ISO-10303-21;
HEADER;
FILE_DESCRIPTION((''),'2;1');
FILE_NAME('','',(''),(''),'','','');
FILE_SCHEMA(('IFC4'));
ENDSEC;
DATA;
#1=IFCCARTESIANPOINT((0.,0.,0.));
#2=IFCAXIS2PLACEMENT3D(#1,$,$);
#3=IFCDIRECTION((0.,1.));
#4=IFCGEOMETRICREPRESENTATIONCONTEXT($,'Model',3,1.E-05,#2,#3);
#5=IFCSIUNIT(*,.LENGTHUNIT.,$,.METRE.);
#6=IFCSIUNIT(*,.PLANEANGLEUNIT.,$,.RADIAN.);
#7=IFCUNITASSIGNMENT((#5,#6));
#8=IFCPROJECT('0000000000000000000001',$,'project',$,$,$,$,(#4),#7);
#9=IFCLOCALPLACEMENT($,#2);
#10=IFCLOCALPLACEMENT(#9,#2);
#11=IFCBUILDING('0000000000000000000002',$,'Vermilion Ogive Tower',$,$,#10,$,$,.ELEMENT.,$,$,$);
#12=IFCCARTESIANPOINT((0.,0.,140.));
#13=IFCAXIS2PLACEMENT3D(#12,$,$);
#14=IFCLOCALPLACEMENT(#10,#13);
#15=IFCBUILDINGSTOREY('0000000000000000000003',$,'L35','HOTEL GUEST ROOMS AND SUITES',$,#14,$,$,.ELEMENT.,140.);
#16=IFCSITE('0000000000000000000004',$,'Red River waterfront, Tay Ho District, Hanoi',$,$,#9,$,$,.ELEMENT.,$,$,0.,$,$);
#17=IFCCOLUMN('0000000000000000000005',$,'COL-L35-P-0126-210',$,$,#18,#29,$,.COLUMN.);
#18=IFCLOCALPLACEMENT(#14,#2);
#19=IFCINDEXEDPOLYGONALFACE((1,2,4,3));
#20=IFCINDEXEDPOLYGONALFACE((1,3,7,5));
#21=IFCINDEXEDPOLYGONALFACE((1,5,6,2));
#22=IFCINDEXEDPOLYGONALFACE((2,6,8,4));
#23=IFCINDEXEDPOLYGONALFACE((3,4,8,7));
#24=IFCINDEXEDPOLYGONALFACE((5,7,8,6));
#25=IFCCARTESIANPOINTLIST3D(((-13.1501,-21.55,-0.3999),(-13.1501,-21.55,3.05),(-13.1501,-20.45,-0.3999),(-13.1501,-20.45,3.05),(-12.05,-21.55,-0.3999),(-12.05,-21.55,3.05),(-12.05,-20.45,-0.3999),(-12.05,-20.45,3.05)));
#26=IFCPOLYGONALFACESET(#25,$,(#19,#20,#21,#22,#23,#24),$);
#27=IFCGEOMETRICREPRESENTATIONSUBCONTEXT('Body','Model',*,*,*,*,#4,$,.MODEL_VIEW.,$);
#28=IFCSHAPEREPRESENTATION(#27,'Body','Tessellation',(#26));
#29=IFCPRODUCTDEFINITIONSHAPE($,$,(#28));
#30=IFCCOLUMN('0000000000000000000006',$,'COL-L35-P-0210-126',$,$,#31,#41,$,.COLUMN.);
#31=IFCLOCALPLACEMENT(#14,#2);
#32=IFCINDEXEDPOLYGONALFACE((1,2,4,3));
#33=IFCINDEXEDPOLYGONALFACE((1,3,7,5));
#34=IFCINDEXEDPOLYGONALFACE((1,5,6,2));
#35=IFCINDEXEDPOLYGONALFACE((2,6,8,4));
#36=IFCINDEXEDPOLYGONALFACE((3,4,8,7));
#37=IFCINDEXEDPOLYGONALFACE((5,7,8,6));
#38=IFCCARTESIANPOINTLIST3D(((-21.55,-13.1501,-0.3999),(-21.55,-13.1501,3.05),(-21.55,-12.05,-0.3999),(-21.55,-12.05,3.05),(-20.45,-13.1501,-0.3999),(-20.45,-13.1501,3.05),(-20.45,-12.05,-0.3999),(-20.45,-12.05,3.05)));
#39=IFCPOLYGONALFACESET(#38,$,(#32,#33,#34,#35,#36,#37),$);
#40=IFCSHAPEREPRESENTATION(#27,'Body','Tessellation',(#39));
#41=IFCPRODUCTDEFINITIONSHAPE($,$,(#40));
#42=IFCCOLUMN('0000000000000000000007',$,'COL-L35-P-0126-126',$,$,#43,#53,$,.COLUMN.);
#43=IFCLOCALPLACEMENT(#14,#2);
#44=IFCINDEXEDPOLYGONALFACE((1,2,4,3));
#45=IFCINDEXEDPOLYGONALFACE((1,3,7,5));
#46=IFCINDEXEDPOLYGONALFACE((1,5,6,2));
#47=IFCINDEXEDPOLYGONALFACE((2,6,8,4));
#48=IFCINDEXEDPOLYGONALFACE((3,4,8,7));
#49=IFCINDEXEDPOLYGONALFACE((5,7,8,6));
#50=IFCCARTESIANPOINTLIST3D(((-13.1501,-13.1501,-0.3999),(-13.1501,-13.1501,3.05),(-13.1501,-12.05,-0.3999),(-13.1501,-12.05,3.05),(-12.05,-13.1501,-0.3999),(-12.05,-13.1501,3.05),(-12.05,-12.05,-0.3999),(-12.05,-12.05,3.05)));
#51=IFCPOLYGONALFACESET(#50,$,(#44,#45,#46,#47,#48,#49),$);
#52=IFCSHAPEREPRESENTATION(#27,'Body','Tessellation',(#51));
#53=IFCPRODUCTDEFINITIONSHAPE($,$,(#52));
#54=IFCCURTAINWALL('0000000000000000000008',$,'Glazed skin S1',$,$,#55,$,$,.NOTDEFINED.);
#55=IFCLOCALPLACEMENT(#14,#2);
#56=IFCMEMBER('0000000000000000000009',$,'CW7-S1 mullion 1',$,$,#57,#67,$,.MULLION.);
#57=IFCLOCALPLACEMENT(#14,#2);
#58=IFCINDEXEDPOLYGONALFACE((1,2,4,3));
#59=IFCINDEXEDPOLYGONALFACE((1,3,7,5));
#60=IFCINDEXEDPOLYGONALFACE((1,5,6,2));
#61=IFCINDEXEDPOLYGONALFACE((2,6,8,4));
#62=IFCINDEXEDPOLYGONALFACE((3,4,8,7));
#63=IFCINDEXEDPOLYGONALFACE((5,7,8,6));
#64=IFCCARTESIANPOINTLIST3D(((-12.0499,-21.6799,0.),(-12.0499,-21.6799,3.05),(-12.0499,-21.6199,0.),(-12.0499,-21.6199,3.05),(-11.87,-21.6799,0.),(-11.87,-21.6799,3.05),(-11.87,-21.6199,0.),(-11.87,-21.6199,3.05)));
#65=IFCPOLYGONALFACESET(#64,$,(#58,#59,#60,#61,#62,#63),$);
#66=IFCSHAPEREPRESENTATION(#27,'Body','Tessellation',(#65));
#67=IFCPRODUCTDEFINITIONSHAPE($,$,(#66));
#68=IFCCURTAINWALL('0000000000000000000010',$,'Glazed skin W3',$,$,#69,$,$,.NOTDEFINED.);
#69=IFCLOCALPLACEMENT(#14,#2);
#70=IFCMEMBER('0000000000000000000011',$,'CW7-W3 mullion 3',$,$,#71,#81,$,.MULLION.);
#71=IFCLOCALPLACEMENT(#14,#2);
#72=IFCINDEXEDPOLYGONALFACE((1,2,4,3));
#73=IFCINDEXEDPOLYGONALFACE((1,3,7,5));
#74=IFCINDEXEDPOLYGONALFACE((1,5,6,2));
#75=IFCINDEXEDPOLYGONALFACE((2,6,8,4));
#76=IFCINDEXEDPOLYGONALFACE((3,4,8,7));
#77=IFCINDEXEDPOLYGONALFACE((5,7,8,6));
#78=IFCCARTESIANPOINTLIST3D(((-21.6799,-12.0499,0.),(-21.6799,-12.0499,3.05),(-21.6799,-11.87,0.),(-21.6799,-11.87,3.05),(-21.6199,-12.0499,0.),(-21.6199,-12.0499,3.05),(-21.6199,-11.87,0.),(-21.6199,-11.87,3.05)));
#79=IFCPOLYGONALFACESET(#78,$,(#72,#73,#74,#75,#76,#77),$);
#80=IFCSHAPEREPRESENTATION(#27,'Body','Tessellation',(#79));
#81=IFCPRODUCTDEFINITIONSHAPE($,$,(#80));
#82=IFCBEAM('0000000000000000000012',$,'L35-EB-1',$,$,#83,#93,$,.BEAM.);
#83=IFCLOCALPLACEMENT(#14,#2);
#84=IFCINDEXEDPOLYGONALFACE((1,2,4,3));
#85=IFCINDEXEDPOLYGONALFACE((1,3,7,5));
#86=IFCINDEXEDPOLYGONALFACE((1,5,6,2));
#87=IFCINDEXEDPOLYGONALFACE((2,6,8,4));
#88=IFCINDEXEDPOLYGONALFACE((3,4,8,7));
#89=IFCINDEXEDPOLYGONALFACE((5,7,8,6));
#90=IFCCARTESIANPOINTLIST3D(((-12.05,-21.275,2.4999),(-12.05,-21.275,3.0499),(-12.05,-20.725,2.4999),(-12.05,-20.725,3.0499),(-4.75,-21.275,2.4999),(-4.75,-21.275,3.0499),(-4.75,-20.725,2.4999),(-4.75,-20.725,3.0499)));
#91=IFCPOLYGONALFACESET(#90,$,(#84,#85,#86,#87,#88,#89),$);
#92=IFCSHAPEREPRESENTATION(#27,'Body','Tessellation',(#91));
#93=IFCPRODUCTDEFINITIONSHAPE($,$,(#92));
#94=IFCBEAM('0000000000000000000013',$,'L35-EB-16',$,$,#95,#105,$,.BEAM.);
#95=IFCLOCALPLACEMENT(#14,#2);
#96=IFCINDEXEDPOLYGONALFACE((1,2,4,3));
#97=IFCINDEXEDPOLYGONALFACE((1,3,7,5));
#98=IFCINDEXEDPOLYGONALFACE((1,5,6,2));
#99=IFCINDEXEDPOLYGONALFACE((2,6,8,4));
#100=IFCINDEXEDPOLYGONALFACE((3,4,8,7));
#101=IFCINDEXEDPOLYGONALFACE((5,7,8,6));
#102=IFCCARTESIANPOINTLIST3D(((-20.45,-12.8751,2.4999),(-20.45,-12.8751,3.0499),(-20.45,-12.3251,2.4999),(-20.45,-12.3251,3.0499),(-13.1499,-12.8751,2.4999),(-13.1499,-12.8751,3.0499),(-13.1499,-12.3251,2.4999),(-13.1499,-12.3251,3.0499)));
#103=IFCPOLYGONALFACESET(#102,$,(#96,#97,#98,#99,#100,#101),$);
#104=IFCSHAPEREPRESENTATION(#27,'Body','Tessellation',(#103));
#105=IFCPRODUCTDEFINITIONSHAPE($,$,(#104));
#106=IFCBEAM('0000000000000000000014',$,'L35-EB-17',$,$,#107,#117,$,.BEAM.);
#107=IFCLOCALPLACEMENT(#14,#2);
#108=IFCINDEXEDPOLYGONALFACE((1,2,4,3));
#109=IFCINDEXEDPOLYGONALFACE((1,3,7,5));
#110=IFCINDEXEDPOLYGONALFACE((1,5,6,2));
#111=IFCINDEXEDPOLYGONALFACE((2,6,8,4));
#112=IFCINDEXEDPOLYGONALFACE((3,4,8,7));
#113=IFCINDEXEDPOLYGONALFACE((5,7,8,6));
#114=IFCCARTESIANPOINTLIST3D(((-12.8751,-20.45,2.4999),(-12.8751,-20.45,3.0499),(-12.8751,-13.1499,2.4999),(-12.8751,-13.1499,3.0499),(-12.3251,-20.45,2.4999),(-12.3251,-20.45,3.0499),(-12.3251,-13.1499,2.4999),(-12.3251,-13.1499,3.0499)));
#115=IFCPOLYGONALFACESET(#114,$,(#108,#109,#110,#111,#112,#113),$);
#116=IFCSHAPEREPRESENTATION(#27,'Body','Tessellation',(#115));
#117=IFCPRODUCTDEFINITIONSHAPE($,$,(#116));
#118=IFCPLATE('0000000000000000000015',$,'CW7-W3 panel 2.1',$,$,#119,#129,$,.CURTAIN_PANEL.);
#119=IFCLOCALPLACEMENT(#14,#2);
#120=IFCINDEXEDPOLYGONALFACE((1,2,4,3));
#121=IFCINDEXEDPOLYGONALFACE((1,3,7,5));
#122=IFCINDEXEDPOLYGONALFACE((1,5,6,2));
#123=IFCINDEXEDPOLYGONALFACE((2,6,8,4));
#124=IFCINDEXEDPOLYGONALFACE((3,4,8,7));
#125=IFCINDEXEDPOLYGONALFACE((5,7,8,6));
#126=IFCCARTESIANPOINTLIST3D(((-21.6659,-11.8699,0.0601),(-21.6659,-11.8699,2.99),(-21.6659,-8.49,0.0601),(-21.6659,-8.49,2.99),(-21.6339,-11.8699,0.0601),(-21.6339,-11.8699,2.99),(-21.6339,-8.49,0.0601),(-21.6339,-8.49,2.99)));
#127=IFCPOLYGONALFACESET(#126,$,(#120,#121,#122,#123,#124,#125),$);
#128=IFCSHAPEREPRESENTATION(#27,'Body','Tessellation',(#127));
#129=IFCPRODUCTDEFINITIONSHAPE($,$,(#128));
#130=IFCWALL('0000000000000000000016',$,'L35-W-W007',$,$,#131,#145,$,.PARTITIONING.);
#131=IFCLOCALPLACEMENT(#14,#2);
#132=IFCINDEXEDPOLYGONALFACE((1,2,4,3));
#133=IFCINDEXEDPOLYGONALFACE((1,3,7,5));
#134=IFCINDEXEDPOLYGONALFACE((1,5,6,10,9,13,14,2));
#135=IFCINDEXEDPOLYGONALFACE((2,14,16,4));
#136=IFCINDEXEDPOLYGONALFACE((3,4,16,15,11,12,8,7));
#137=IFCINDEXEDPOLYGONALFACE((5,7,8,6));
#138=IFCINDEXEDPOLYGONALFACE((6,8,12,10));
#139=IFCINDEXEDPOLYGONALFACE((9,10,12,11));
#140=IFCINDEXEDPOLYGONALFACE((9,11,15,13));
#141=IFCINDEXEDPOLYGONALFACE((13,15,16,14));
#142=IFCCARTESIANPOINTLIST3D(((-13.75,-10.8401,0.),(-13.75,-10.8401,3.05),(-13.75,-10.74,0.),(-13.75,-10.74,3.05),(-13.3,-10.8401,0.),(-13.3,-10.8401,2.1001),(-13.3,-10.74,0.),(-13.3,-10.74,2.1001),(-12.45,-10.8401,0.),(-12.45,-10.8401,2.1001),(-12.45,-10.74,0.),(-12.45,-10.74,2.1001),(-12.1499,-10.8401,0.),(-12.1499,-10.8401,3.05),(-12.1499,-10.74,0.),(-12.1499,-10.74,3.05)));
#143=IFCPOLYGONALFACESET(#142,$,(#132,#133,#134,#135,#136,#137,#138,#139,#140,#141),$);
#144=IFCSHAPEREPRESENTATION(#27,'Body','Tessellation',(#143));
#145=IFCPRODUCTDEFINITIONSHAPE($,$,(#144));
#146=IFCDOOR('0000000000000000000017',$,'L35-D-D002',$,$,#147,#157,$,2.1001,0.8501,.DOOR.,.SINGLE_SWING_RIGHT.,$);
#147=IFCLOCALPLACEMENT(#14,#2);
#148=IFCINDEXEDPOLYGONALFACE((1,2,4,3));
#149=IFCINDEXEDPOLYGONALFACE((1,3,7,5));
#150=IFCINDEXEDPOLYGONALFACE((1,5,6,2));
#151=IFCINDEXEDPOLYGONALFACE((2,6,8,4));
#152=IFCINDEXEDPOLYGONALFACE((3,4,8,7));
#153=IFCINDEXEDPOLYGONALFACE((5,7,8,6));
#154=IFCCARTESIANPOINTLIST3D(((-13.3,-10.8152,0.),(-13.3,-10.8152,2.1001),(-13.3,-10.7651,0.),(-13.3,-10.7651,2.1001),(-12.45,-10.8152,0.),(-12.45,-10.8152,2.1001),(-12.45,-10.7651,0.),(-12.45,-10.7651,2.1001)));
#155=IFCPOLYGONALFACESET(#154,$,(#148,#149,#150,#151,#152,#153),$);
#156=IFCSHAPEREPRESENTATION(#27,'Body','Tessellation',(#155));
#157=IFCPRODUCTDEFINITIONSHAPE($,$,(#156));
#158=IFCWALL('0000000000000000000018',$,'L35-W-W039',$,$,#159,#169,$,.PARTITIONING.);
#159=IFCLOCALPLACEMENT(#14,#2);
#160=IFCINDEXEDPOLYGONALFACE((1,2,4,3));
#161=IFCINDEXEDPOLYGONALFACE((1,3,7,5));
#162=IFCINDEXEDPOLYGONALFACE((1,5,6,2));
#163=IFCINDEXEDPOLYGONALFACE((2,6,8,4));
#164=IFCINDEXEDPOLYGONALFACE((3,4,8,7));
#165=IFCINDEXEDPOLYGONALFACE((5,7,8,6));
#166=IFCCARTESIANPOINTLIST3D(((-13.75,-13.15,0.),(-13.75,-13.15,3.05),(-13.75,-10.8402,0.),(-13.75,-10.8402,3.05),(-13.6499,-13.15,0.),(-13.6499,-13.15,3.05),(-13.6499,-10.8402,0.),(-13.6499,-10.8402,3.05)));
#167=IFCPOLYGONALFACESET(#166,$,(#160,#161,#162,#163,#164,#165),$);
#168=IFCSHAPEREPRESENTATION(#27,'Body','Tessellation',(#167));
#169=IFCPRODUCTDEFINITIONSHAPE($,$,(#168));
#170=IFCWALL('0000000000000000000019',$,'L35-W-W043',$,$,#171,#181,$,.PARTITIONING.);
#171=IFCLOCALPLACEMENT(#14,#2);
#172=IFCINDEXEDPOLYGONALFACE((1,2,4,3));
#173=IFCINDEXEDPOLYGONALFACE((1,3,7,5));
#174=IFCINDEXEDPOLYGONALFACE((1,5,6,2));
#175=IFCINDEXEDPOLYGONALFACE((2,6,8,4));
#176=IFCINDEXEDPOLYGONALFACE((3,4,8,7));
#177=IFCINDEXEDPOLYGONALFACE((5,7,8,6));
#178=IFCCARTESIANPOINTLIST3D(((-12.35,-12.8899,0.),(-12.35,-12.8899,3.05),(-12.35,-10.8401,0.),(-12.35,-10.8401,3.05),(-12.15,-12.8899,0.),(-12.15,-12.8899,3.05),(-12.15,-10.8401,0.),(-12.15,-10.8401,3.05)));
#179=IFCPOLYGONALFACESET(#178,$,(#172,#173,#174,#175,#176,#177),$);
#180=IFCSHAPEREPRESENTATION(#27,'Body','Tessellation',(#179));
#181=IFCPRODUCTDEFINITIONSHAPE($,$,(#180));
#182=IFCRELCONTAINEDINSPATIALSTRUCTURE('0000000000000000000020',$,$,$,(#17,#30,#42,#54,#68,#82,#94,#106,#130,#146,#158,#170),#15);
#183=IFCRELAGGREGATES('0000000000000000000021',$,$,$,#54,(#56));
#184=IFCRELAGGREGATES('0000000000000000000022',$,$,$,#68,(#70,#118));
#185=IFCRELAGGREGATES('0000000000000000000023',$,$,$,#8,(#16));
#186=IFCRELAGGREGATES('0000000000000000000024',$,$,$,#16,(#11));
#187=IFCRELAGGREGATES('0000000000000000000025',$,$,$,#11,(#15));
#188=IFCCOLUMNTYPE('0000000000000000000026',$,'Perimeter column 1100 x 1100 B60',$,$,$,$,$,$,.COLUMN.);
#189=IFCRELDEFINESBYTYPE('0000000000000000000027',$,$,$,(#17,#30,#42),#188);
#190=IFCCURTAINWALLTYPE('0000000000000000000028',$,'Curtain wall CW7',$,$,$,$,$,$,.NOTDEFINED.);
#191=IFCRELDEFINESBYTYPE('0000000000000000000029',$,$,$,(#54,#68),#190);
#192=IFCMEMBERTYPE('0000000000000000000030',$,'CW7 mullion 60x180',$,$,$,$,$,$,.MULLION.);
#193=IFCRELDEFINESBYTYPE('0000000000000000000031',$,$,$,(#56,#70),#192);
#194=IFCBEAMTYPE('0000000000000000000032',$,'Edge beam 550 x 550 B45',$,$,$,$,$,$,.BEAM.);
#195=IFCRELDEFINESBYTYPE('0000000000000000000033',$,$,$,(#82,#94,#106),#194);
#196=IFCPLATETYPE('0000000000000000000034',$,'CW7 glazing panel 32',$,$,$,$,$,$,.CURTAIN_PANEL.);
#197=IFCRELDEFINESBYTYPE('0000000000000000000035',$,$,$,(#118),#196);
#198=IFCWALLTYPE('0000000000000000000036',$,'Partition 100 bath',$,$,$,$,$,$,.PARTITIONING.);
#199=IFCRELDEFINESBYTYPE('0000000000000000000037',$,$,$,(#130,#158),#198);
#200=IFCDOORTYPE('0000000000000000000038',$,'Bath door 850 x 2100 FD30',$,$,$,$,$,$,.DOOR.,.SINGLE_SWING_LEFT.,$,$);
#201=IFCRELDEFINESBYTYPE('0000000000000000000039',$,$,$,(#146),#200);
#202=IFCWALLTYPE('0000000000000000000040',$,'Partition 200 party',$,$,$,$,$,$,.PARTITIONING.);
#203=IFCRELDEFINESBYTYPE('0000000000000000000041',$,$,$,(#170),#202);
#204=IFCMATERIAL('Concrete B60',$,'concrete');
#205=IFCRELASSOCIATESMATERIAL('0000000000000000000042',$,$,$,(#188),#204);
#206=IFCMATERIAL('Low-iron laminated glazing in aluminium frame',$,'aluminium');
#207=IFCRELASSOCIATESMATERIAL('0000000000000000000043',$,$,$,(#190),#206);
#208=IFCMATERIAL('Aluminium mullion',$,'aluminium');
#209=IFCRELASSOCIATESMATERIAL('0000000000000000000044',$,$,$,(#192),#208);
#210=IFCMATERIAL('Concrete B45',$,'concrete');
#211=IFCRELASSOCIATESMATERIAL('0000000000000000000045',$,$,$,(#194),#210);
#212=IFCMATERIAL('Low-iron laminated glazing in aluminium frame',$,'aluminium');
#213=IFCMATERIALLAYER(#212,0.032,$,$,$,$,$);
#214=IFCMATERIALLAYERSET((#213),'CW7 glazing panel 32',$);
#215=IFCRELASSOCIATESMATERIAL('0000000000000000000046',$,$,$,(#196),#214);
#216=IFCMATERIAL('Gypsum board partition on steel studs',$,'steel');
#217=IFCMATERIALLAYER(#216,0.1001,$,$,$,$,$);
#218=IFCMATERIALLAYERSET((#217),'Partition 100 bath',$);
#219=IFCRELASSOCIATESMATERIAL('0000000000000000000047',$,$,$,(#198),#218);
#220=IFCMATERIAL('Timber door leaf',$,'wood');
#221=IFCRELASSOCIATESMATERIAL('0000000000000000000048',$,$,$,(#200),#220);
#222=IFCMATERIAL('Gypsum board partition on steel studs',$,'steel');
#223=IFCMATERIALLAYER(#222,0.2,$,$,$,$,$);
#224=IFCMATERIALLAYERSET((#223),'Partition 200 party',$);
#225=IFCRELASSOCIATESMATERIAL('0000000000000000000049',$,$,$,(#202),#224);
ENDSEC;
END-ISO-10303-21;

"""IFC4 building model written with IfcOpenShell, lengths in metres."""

from ifc_helpers import new_model, si_unit, direction, frame, frame_2d, origin, origin_2d, place, context, subcontext, project, spatial, rectangle, extrude, material, layer, layer_set, material_profile, profile_set, type_object, element, fill, aggregate, save


model = new_model("IFC4")

# Units and contexts
model_context = context("Model", 3, precision=1e-05, world=origin(), true_north=direction((0.0, 1.0)))
body_context = subcontext(model_context, "Body", "Model", "MODEL_VIEW")
ifc_project = project(units=[si_unit("LENGTHUNIT", "METRE"), si_unit("PLANEANGLEUNIT", "RADIAN")], contexts=[model_context])

# Site, building, storey
site_placement = place(None, origin())
site = spatial("IfcSite", under=ifc_project, at=site_placement, Name="Red River waterfront, Tay Ho District, Hanoi", CompositionType="ELEMENT", RefElevation=0.0)
building_placement = place(site_placement, origin())
building = spatial("IfcBuilding", under=site, at=building_placement, Name="Vermilion Ogive Tower", CompositionType="ELEMENT")
storey_placement = place(building_placement, frame((0.0, 0.0, 140.0)))
storey = spatial("IfcBuildingStorey", under=building, at=storey_placement, Name="L35", Description="HOTEL GUEST ROOMS AND SUITES", CompositionType="ELEMENT", Elevation=140.0)

# Columns
ifc_material_1 = material(Name="Concrete B60", Category="concrete")
ifc_material_profile_1 = material_profile(ifc_material_1, rectangle(XDim=1.1001, YDim=1.1001, at=origin_2d()), Name="1100 x 1100")
ifc_profile_set_1 = profile_set([ifc_material_profile_1], Name="Concrete B60")
column_type = type_object("IfcColumnType", Name="Perimeter column 1100 x 1100 B60", PredefinedType="COLUMN", material=ifc_profile_set_1)
for number, where, z_axis, x_axis, name in (
    (1, (-12.6001, -21.0, -0.3999), (0.0, 0.0, 1.0), (1.0, 0.0, 0.0), "COL-L35-P-0126-210"),
    (2, (-21.0, -12.6001, -0.3999), (0.0, 0.0, 1.0), (1.0, 0.0, 0.0), "COL-L35-P-0210-126"),
    (3, (-12.6001, -12.6001, -0.3999), (0.0, 0.0, 1.0), (1.0, 0.0, 0.0), "COL-L35-P-0126-126"),
):
    element("IfcColumn", number, at=place(storey_placement, frame(where, z_axis=z_axis, x_axis=x_axis)), inside=storey, type_object=column_type, Name=name, PredefinedType="COLUMN", context=body_context, shape_type="SweptSolid", body=[
        extrude(rectangle(XDim=1.1001, YDim=1.1001, at=origin_2d()), origin(), (0.0, 0.0, 1.0), 3.45),
    ])

# Curtain walls, members
ifc_material_2 = material(Name="Low-iron laminated glazing in aluminium frame", Category="aluminium")
curtain_wall_type = type_object("IfcCurtainWallType", Name="Curtain wall CW7", PredefinedType="NOTDEFINED", material=ifc_material_2)
curtain_wall_1_placement = place(storey_placement, origin())
curtain_wall_1 = element("IfcCurtainWall", 4, at=curtain_wall_1_placement, inside=storey, type_object=curtain_wall_type, Name="Glazed skin S1", PredefinedType="NOTDEFINED")
ifc_material_3 = material(Name="Aluminium mullion", Category="aluminium")
ifc_material_profile_2 = material_profile(ifc_material_3, rectangle(XDim=0.0601, YDim=0.1799, at=origin_2d()), Name="AL 60x180")
ifc_profile_set_2 = profile_set([ifc_material_profile_2], Name="Aluminium mullion")
member_type = type_object("IfcMemberType", Name="CW7 mullion 60x180", PredefinedType="MULLION", material=ifc_profile_set_2)
member_1_placement = place(storey_placement, frame((-11.96, -21.6499, 0.0), z_axis=(0.0, 0.0, 1.0), x_axis=(0.0, 1.0, 0.0)))
member_1 = element("IfcMember", 5, at=member_1_placement, type_object=member_type, Name="CW7-S1 mullion 1", PredefinedType="MULLION", context=body_context, shape_type="SweptSolid", body=[
    extrude(rectangle(XDim=0.0601, YDim=0.1799, at=origin_2d()), origin(), (0.0, 0.0, 1.0), 3.05),
])
aggregate(curtain_wall_1, [member_1])
curtain_wall_2_placement = place(storey_placement, origin())
curtain_wall_2 = element("IfcCurtainWall", 6, at=curtain_wall_2_placement, inside=storey, type_object=curtain_wall_type, Name="Glazed skin W3", PredefinedType="NOTDEFINED")
member_2_placement = place(storey_placement, frame((-21.6499, -11.96, 0.0), z_axis=(0.0, 0.0, 1.0), x_axis=(1.0, 0.0, 0.0)))
member_2 = element("IfcMember", 7, at=member_2_placement, type_object=member_type, Name="CW7-W3 mullion 3", PredefinedType="MULLION", context=body_context, shape_type="SweptSolid", body=[
    extrude(rectangle(XDim=0.0601, YDim=0.1799, at=origin_2d()), origin(), (0.0, 0.0, 1.0), 3.05),
])

# Beams
ifc_material_4 = material(Name="Concrete B45", Category="concrete")
ifc_material_profile_3 = material_profile(ifc_material_4, rectangle(XDim=0.55, YDim=0.55, at=origin_2d()), Name="550 x 550")
ifc_profile_set_3 = profile_set([ifc_material_profile_3], Name="Concrete B45")
beam_type = type_object("IfcBeamType", Name="Edge beam 550 x 550 B45", PredefinedType="BEAM", material=ifc_profile_set_3)
for number, where, z_axis, x_axis, name in (
    (8, (-12.05, -21.0, 2.7749), (1.0, 0.0, 0.0), (0.0, 1.0, 0.0), "L35-EB-1"),
    (9, (-20.45, -12.6001, 2.7749), (1.0, 0.0, 0.0), (0.0, 1.0, 0.0), "L35-EB-16"),
    (10, (-12.6001, -13.1499, 2.7749), (0.0, -1.0, 0.0), (1.0, 0.0, 0.0), "L35-EB-17"),
):
    element("IfcBeam", number, at=place(storey_placement, frame(where, z_axis=z_axis, x_axis=x_axis)), inside=storey, type_object=beam_type, Name=name, PredefinedType="BEAM", context=body_context, shape_type="SweptSolid", body=[
        extrude(rectangle(XDim=0.55, YDim=0.55, at=origin_2d()), origin(), (0.0, 0.0, 1.0), 7.3),
    ])

# Plate
ifc_material_5 = material(Name="Low-iron laminated glazing in aluminium frame", Category="aluminium")
ifc_layer_1 = layer(ifc_material_5, 0.032)
ifc_layer_set_1 = layer_set([ifc_layer_1], Name="CW7 glazing panel 32")
plate_type = type_object("IfcPlateType", Name="CW7 glazing panel 32", PredefinedType="CURTAIN_PANEL", material=ifc_layer_set_1)
plate_placement = place(storey_placement, frame((-21.6499, -10.1799, 0.0601), z_axis=(0.0, 0.0, 1.0), x_axis=(0.0, -1.0, 0.0)))
plate = element("IfcPlate", 11, at=plate_placement, type_object=plate_type, Name="CW7-W3 panel 2.1", PredefinedType="CURTAIN_PANEL", context=body_context, shape_type="SweptSolid", body=[
    extrude(rectangle(XDim=3.3799, YDim=0.032, at=origin_2d()), origin(), (0.0, 0.0, 1.0), 2.9299),
])
aggregate(curtain_wall_2, [member_2, plate])

# Wall, opening, door
ifc_material_6 = material(Name="Gypsum board partition on steel studs", Category="steel")
ifc_layer_2 = layer(ifc_material_6, 0.1001)
ifc_layer_set_2 = layer_set([ifc_layer_2], Name="Partition 100 bath")
wall_type_1 = type_object("IfcWallType", Name="Partition 100 bath", PredefinedType="PARTITIONING", material=ifc_layer_set_2)
wall_1_placement = place(storey_placement, frame((-13.75, -10.79, 0.0), z_axis=(0.0, 0.0, 1.0), x_axis=(1.0, 0.0, 0.0)))
wall_1 = element("IfcWall", 12, at=wall_1_placement, inside=storey, type_object=wall_type_1, Name="L35-W-W007", PredefinedType="PARTITIONING", context=body_context, shape_type="SweptSolid", body=[
    extrude(rectangle(XDim=1.6001, YDim=0.1001, at=frame_2d((0.8, 0.0))), origin(), (0.0, 0.0, 1.0), 3.05),
])
opening_1_placement = place(wall_1_placement, frame((0.45, 0.0, 0.0)))
opening_1 = element("IfcOpeningElement", 13, at=opening_1_placement, cuts=wall_1, PredefinedType="OPENING", context=body_context, shape_type="SweptSolid", body=[
    extrude(rectangle(XDim=0.8501, YDim=2.1001, at=frame_2d((0.425, 1.05))), frame((0.0, 0.0601, 0.0), z_axis=(0.0, -1.0, 0.0), x_axis=(1.0, 0.0, 0.0)), (0.0, 0.0, 1.0), 0.1201),
])
ifc_material_7 = material(Name="Timber door leaf", Category="wood")
door_type_1 = type_object("IfcDoorType", Name="Bath door 850 x 2100 FD30", OperationType="SINGLE_SWING_LEFT", PredefinedType="DOOR", material=ifc_material_7)
door_1_placement = place(opening_1_placement, origin())
door_1 = element("IfcDoor", 14, at=door_1_placement, inside=storey, type_object=door_type_1, Name="L35-D-D002", OperationType="SINGLE_SWING_RIGHT", OverallHeight=2.1001, OverallWidth=0.8501, PredefinedType="DOOR", context=body_context, shape_type="SweptSolid", body=[
    extrude(rectangle(XDim=0.8501, YDim=2.1001, at=frame_2d((0.425, 1.05))), frame((0.0, 0.0249, 0.0), z_axis=(0.0, -1.0, 0.0), x_axis=(1.0, 0.0, 0.0)), (0.0, 0.0, 1.0), 0.05),
])
fill(opening_1, door_1)

# Walls
wall_2_placement = place(storey_placement, frame((-13.7, -13.1499, 0.0), z_axis=(0.0, 0.0, 1.0), x_axis=(0.0, 1.0, 0.0)))
element("IfcWall", 15, at=wall_2_placement, inside=storey, type_object=wall_type_1, Name="L35-W-W039", PredefinedType="PARTITIONING", context=body_context, shape_type="SweptSolid", body=[
    extrude(rectangle(XDim=2.3098, YDim=0.1001, at=frame_2d((1.1548, 0.0))), origin(), (0.0, 0.0, 1.0), 3.05),
])
ifc_material_8 = material(Name="Gypsum board partition on steel studs", Category="steel")
ifc_layer_3 = layer(ifc_material_8, 0.2)
ifc_layer_set_3 = layer_set([ifc_layer_3], Name="Partition 200 party")
wall_type_2 = type_object("IfcWallType", Name="Partition 200 party", PredefinedType="PARTITIONING", material=ifc_layer_set_3)
wall_3_placement = place(storey_placement, frame((-12.25, -12.8899, 0.0), z_axis=(0.0, 0.0, 1.0), x_axis=(0.0, 1.0, 0.0)))
element("IfcWall", 16, at=wall_3_placement, inside=storey, type_object=wall_type_2, Name="L35-W-W043", PredefinedType="PARTITIONING", context=body_context, shape_type="SweptSolid", body=[
    extrude(rectangle(XDim=2.0498, YDim=0.2, at=frame_2d((1.0249, 0.0))), origin(), (0.0, 0.0, 1.0), 3.05),
])

save(model, "model.ifc")
